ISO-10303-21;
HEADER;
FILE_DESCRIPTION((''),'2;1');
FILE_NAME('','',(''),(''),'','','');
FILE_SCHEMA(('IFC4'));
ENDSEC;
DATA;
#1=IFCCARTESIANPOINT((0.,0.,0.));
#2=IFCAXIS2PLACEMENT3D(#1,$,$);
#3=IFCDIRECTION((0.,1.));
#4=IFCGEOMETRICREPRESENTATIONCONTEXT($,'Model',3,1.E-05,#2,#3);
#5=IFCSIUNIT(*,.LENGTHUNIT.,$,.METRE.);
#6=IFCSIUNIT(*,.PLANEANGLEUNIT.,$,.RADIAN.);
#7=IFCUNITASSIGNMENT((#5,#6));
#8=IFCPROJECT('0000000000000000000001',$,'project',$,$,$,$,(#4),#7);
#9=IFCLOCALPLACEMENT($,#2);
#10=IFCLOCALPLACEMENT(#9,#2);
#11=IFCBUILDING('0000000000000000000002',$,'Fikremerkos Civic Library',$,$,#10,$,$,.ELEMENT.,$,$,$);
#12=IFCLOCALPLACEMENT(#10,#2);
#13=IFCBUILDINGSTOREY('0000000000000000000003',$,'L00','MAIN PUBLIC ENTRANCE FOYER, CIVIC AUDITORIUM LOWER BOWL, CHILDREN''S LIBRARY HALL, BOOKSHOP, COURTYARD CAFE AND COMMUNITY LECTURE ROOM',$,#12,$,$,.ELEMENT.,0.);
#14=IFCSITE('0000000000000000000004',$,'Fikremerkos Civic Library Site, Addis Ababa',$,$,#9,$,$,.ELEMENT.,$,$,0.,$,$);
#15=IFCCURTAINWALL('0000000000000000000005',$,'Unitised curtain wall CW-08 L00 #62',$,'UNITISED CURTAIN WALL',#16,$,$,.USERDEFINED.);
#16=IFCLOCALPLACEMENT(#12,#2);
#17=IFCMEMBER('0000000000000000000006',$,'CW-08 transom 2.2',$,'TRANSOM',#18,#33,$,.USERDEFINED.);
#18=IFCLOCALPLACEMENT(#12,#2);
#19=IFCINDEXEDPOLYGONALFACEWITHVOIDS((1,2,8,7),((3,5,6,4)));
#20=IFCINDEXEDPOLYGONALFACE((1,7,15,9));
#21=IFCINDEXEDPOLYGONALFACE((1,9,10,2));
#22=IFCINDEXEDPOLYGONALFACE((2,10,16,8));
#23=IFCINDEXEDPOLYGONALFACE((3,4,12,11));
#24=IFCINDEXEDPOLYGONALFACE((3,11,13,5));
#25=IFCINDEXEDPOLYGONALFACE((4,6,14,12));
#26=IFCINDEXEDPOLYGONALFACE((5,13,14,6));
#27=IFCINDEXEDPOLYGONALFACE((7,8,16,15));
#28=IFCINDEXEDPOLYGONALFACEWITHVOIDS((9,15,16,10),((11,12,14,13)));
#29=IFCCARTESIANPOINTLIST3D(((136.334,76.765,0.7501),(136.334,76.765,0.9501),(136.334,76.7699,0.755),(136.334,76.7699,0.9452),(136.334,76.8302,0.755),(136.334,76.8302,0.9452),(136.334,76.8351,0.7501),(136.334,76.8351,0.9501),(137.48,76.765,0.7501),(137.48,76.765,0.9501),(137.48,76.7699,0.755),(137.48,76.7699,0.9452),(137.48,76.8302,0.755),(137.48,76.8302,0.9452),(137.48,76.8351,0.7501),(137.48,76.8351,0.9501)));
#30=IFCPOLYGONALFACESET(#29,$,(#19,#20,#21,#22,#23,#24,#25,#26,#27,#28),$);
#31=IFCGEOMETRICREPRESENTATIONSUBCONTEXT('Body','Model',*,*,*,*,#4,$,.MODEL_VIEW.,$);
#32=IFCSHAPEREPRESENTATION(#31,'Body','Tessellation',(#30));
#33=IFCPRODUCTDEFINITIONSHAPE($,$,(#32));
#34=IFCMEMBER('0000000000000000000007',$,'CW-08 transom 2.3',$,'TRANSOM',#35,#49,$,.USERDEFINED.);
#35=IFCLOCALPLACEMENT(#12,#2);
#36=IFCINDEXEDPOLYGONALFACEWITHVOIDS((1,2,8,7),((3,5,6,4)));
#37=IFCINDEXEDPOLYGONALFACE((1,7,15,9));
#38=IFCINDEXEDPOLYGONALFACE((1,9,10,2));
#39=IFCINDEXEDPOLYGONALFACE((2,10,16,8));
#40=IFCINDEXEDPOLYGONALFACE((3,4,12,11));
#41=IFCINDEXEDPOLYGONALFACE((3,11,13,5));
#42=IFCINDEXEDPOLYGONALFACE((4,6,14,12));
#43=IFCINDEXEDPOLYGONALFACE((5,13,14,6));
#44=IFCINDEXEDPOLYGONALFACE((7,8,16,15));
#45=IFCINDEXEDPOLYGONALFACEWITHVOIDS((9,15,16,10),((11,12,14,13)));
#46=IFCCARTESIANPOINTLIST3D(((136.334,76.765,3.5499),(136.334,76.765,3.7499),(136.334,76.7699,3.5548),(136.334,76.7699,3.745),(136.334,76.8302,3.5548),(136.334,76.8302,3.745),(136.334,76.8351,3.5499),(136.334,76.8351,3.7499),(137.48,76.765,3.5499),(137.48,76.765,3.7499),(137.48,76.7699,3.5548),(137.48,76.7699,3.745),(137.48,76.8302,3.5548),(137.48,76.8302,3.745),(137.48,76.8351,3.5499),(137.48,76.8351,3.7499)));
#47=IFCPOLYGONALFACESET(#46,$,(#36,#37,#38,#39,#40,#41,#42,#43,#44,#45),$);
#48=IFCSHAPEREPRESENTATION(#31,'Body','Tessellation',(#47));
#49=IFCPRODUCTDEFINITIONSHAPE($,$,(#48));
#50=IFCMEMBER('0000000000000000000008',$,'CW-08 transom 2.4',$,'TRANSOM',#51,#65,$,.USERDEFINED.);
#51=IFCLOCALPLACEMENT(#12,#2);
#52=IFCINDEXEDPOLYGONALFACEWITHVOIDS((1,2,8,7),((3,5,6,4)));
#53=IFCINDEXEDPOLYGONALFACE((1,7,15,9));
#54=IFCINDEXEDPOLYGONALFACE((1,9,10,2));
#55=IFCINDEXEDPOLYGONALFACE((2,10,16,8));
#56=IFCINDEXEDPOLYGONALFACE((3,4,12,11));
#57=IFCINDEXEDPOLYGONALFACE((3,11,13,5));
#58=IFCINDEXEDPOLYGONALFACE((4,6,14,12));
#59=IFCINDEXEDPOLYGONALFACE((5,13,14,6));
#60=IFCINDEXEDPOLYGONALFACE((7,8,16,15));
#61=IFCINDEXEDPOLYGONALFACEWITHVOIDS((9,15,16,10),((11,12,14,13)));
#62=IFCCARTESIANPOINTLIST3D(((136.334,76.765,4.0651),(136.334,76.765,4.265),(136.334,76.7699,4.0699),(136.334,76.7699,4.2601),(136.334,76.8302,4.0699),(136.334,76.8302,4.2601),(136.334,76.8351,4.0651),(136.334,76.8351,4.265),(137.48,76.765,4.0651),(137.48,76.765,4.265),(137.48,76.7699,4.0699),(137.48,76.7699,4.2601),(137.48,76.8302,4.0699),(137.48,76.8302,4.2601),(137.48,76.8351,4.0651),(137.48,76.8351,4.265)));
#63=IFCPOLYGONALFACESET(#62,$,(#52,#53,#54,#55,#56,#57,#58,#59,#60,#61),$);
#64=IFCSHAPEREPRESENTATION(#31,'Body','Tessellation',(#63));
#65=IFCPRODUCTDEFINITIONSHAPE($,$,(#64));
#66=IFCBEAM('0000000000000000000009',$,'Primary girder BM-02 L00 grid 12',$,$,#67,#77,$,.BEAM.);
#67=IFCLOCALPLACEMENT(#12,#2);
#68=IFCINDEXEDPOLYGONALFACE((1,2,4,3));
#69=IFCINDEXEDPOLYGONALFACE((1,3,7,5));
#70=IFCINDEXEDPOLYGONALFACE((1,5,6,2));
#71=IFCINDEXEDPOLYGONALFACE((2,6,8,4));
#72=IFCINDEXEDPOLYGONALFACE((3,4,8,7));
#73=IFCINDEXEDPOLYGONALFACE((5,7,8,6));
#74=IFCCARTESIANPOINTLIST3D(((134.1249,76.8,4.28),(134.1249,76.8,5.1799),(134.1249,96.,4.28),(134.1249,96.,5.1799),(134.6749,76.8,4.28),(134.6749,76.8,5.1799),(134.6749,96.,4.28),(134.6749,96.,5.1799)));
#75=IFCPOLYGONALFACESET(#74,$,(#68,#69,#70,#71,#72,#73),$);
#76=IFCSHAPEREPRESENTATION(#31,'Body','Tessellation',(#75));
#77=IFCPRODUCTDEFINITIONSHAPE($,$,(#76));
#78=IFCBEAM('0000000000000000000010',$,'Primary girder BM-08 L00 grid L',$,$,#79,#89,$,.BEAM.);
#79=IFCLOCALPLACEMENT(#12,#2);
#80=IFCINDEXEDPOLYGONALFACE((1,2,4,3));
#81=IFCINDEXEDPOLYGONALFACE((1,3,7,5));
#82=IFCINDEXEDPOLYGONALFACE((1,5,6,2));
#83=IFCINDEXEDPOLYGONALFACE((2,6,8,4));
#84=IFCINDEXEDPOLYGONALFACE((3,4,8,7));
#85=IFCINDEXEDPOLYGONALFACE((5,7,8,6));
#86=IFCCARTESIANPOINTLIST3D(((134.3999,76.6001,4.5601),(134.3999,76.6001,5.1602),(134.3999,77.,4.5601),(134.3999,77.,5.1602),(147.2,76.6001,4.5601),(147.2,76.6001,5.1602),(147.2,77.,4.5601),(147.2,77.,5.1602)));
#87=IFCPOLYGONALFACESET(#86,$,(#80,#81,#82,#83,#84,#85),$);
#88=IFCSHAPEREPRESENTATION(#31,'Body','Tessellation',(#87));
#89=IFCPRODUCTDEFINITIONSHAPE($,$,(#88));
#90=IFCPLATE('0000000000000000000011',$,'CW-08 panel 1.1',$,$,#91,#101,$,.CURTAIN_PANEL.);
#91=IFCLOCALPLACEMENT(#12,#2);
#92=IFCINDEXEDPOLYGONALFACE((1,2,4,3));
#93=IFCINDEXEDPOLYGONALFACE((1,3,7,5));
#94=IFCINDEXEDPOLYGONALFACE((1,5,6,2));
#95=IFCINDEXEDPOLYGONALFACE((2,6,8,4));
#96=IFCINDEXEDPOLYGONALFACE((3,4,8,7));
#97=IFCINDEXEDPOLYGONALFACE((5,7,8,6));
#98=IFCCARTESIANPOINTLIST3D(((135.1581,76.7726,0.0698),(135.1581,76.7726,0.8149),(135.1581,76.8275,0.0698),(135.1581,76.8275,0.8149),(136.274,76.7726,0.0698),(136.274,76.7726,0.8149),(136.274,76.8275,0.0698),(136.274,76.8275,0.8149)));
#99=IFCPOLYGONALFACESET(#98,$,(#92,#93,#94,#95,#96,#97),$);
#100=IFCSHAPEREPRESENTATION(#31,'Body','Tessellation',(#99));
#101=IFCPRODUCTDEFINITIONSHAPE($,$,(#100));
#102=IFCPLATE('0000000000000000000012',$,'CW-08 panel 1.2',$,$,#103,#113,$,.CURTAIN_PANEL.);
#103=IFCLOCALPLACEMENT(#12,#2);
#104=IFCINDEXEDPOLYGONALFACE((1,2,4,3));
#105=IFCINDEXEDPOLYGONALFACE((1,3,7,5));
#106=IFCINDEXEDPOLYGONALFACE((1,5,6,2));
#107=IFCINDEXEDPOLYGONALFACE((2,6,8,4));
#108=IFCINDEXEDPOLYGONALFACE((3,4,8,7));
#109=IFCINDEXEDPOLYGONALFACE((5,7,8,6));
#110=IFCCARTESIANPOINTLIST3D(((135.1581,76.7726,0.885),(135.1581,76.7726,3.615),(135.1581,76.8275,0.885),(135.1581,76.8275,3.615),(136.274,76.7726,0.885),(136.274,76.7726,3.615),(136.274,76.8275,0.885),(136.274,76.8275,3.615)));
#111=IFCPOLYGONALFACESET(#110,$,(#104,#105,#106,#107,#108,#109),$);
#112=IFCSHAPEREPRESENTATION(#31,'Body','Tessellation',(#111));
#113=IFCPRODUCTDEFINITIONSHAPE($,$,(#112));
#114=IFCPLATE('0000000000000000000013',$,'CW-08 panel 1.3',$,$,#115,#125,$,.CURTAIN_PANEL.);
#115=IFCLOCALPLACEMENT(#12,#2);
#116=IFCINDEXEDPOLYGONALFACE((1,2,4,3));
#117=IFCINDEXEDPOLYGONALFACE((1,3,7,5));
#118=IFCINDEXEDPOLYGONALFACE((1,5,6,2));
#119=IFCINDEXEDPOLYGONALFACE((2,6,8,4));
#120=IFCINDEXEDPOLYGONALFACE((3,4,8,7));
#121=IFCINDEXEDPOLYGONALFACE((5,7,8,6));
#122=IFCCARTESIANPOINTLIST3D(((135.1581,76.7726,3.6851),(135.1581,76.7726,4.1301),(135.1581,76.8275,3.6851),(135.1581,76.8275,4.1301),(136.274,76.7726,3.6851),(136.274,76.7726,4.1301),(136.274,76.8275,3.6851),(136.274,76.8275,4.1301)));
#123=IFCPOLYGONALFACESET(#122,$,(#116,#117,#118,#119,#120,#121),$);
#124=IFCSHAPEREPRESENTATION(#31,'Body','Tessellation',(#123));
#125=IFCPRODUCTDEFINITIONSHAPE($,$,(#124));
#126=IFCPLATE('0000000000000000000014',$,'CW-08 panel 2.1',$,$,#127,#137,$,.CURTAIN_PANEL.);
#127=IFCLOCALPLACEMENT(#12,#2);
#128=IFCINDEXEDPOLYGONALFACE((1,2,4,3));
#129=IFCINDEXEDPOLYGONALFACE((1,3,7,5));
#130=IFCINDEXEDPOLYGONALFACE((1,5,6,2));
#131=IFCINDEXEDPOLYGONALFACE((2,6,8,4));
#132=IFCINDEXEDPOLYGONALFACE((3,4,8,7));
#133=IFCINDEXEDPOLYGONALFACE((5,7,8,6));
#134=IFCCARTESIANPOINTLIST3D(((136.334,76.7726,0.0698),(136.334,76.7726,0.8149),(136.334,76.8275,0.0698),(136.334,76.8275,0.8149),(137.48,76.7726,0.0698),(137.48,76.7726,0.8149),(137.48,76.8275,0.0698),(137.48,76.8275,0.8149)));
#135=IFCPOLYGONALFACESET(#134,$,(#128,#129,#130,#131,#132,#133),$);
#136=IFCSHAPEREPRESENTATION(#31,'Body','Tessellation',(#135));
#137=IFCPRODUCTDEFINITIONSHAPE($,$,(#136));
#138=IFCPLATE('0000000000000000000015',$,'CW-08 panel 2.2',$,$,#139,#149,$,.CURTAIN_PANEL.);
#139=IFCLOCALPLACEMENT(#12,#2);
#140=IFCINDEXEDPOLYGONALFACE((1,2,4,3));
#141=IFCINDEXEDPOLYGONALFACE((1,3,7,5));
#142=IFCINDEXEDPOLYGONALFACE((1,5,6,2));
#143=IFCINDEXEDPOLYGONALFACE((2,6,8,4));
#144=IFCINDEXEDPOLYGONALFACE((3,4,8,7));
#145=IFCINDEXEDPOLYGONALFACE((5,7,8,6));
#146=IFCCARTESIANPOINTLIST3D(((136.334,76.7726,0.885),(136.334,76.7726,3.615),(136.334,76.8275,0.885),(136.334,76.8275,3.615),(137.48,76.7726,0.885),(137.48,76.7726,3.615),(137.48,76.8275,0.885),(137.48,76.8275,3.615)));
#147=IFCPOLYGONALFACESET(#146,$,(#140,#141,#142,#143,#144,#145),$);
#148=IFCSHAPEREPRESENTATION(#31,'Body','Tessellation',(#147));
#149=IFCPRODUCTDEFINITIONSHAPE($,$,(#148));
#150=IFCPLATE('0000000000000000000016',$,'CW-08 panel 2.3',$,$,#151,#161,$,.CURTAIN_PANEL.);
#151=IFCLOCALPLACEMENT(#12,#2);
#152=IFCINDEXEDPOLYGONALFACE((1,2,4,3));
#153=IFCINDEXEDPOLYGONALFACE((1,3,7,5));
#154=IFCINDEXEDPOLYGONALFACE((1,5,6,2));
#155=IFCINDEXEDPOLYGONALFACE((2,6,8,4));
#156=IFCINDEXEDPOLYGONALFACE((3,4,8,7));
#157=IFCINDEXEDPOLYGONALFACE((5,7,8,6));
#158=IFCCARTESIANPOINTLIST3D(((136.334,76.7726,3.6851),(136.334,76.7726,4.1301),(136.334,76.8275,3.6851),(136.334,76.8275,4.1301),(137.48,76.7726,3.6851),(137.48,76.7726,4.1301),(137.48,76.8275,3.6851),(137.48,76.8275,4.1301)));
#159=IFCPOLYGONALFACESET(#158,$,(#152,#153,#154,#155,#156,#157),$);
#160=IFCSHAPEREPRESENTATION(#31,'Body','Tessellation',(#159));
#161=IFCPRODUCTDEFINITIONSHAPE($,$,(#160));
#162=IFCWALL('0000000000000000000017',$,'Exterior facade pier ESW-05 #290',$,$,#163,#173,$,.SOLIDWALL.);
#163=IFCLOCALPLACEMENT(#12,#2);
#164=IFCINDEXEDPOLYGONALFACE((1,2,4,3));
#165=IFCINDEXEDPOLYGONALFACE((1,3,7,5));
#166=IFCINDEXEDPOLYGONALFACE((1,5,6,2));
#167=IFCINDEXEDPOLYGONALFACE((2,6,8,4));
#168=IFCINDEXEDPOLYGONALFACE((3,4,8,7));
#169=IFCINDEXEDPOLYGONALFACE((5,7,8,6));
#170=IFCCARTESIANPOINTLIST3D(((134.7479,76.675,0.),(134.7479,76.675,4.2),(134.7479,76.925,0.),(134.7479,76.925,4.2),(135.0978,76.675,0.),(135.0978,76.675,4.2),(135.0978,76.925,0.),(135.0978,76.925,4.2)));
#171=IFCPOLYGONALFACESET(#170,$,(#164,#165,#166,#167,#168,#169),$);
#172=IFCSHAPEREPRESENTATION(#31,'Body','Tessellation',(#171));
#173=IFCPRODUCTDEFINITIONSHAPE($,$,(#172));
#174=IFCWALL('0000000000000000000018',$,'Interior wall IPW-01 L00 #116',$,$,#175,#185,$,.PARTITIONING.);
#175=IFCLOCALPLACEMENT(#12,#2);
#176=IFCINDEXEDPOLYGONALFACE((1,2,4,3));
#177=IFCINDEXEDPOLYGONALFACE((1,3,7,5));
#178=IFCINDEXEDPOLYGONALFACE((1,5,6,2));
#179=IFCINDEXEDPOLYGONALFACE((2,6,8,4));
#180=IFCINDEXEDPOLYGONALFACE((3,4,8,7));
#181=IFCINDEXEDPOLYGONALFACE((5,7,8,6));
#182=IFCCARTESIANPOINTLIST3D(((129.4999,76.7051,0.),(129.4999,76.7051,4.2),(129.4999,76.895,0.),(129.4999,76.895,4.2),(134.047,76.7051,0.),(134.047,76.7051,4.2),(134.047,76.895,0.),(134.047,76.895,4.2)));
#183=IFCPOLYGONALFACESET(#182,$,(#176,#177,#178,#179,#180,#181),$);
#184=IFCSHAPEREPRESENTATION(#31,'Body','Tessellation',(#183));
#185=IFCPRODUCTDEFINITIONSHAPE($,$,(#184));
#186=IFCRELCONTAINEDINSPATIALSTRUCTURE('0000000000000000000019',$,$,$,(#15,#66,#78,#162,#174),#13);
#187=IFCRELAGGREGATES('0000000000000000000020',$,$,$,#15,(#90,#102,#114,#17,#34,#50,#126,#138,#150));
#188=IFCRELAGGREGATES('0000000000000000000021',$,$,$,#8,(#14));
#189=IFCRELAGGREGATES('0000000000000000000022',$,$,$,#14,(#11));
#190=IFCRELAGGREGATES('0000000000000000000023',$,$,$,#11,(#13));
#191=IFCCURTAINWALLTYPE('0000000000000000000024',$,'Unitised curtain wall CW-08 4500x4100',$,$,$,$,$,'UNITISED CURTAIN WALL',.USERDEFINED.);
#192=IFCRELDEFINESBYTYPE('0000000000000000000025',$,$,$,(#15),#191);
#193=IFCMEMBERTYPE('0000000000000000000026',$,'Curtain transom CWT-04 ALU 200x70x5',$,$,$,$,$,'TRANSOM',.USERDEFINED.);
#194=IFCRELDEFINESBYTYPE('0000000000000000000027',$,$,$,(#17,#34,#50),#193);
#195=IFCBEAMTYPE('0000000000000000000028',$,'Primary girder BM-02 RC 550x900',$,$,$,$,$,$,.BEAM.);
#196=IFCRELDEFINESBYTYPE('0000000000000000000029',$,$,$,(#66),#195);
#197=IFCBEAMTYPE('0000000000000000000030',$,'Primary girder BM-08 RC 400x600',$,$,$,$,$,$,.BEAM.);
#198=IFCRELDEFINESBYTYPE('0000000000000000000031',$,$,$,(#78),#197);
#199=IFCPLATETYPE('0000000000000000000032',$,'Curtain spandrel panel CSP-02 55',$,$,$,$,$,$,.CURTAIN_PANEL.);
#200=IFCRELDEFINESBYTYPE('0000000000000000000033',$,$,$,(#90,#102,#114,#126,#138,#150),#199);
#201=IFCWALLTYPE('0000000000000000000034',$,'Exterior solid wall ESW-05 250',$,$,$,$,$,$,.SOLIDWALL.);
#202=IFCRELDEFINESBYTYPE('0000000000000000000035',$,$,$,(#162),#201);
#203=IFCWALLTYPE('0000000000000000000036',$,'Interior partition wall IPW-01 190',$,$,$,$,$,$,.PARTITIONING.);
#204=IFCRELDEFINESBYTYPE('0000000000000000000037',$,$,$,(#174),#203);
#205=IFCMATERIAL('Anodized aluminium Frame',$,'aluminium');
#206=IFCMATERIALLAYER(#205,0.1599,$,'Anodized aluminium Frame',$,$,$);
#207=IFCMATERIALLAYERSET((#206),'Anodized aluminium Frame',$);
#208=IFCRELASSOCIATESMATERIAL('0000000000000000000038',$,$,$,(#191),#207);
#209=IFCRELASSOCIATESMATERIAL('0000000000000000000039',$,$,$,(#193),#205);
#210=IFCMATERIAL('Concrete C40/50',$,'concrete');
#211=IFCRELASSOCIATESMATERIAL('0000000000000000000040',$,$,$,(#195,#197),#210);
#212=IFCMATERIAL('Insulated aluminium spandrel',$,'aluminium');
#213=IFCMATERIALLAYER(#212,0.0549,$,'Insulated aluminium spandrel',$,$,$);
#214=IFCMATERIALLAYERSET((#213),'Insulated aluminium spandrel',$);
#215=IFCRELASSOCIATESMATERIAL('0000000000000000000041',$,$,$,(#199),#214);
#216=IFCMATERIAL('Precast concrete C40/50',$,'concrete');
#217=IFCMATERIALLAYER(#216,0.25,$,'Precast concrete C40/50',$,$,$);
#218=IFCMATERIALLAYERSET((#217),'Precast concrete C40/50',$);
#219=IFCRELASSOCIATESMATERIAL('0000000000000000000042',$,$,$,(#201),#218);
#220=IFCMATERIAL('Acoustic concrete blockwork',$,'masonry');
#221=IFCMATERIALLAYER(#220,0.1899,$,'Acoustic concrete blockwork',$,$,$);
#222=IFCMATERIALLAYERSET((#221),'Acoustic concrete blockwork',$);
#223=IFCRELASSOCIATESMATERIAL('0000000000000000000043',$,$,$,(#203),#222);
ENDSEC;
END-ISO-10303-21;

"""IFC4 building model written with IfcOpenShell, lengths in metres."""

from ifc_helpers import new_model, si_unit, direction, frame, frame_2d, origin, origin_2d, place, context, subcontext, project, spatial, rectangle, hollow_rectangle, extrude, material, layer, layer_set, material_profile, profile_set, type_object, element, aggregate, save


model = new_model("IFC4")

# Units and contexts
model_context = context("Model", 3, precision=1e-05, world=origin(), true_north=direction((0.0, 1.0)))
body_context = subcontext(model_context, "Body", "Model", "MODEL_VIEW")
ifc_project = project(units=[si_unit("LENGTHUNIT", "METRE"), si_unit("PLANEANGLEUNIT", "RADIAN")], contexts=[model_context])

# Site, building, storey
site_placement = place(None, origin())
site = spatial("IfcSite", under=ifc_project, at=site_placement, Name="Fikremerkos Civic Library Site, Addis Ababa", CompositionType="ELEMENT", RefElevation=0.0)
building_placement = place(site_placement, origin())
building = spatial("IfcBuilding", under=site, at=building_placement, Name="Fikremerkos Civic Library", CompositionType="ELEMENT")
storey_placement = place(building_placement, origin())
storey = spatial("IfcBuildingStorey", under=building, at=storey_placement, Name="L00", Description="MAIN PUBLIC ENTRANCE FOYER, CIVIC AUDITORIUM LOWER BOWL, CHILDREN'S LIBRARY HALL, BOOKSHOP, COURTYARD CAFE AND COMMUNITY LECTURE ROOM", CompositionType="ELEMENT", Elevation=0.0)

# Shared definitions
ifc_material_1 = material(Name="Concrete C40/50", Category="concrete")

# Curtain wall, members
ifc_material_2 = material(Name="Anodized aluminium Frame", Category="aluminium")
ifc_layer_1 = layer(ifc_material_2, 0.1599, Name="Anodized aluminium Frame")
ifc_layer_set_1 = layer_set([ifc_layer_1], Name="Anodized aluminium Frame")
curtain_wall_type = type_object("IfcCurtainWallType", Name="Unitised curtain wall CW-08 4500x4100", ElementType="UNITISED CURTAIN WALL", PredefinedType="USERDEFINED", material=ifc_layer_set_1)
curtain_wall_placement = place(storey_placement, origin())
curtain_wall = element("IfcCurtainWall", 1, at=curtain_wall_placement, inside=storey, type_object=curtain_wall_type, Name="Unitised curtain wall CW-08 L00 #62", ObjectType="UNITISED CURTAIN WALL", PredefinedType="USERDEFINED")
ifc_material_profile_1 = material_profile(ifc_material_2, hollow_rectangle(XDim=0.0701, YDim=0.2, WallThickness=0.0049, at=origin_2d()), Name="ALU 200x70x5")
ifc_profile_set_1 = profile_set([ifc_material_profile_1], Name="Anodized aluminium Frame")
member_type_1 = type_object("IfcMemberType", Name="Curtain transom CWT-04 ALU 200x70x5", ElementType="TRANSOM", PredefinedType="USERDEFINED", material=ifc_profile_set_1)
member_1_placement = place(storey_placement, frame((136.334, 76.8, 0.8501), z_axis=(1.0, 0.0, 0.0), x_axis=(0.0, 1.0, 0.0)))
member_1 = element("IfcMember", 2, at=member_1_placement, type_object=member_type_1, Name="CW-08 transom 2.2", ObjectType="TRANSOM", PredefinedType="USERDEFINED", context=body_context, shape_type="SweptSolid", body=[
    extrude(hollow_rectangle(XDim=0.0701, YDim=0.2, WallThickness=0.0049, at=origin_2d()), origin(), (0.0, 0.0, 1.0), 1.146),
])
member_2_placement = place(storey_placement, frame((136.334, 76.8, 3.6499), z_axis=(1.0, 0.0, 0.0), x_axis=(0.0, 1.0, 0.0)))
member_2 = element("IfcMember", 3, at=member_2_placement, type_object=member_type_1, Name="CW-08 transom 2.3", ObjectType="TRANSOM", PredefinedType="USERDEFINED", context=body_context, shape_type="SweptSolid", body=[
    extrude(hollow_rectangle(XDim=0.0701, YDim=0.2, WallThickness=0.0049, at=origin_2d()), origin(), (0.0, 0.0, 1.0), 1.146),
])
member_3_placement = place(storey_placement, frame((136.334, 76.8, 4.165), z_axis=(1.0, 0.0, 0.0), x_axis=(0.0, 1.0, 0.0)))
member_3 = element("IfcMember", 4, at=member_3_placement, type_object=member_type_1, Name="CW-08 transom 2.4", ObjectType="TRANSOM", PredefinedType="USERDEFINED", context=body_context, shape_type="SweptSolid", body=[
    extrude(hollow_rectangle(XDim=0.0701, YDim=0.2, WallThickness=0.0049, at=origin_2d()), origin(), (0.0, 0.0, 1.0), 1.146),
])

# Beams
ifc_material_profile_2 = material_profile(ifc_material_1, rectangle(XDim=0.55, YDim=0.8999, at=origin_2d()), Name="RC 550x900")
ifc_profile_set_2 = profile_set([ifc_material_profile_2], Name="Concrete C40/50")
beam_type_1 = type_object("IfcBeamType", Name="Primary girder BM-02 RC 550x900", PredefinedType="BEAM", material=ifc_profile_set_2)
beam_1_placement = place(storey_placement, frame((134.3999, 76.8, 4.73), z_axis=(0.0, 1.0, 0.0), x_axis=(-1.0, 0.0, 0.0)))
element("IfcBeam", 5, at=beam_1_placement, inside=storey, type_object=beam_type_1, Name="Primary girder BM-02 L00 grid 12", PredefinedType="BEAM", context=body_context, shape_type="SweptSolid", body=[
    extrude(rectangle(XDim=0.55, YDim=0.8999, at=origin_2d()), origin(), (0.0, 0.0, 1.0), 19.2),
])
ifc_material_profile_3 = material_profile(ifc_material_1, rectangle(XDim=0.3999, YDim=0.6001, at=origin_2d()), Name="RC 400x600")
ifc_profile_set_3 = profile_set([ifc_material_profile_3], Name="Concrete C40/50")
beam_type_2 = type_object("IfcBeamType", Name="Primary girder BM-08 RC 400x600", PredefinedType="BEAM", material=ifc_profile_set_3)
beam_2_placement = place(storey_placement, frame((134.3999, 76.8, 4.8601), z_axis=(1.0, 0.0, 0.0), x_axis=(0.0, 1.0, 0.0)))
element("IfcBeam", 6, at=beam_2_placement, inside=storey, type_object=beam_type_2, Name="Primary girder BM-08 L00 grid L", PredefinedType="BEAM", context=body_context, shape_type="SweptSolid", body=[
    extrude(rectangle(XDim=0.3999, YDim=0.6001, at=origin_2d()), origin(), (0.0, 0.0, 1.0), 12.8),
])

# Plates
ifc_material_3 = material(Name="Insulated aluminium spandrel", Category="aluminium")
ifc_layer_2 = layer(ifc_material_3, 0.0549, Name="Insulated aluminium spandrel")
ifc_layer_set_2 = layer_set([ifc_layer_2], Name="Insulated aluminium spandrel")
plate_type = type_object("IfcPlateType", Name="Curtain spandrel panel CSP-02 55", PredefinedType="CURTAIN_PANEL", material=ifc_layer_set_2)
plate_1_placement = place(storey_placement, frame((135.7161, 76.8, 0.0698), z_axis=(0.0, 0.0, 1.0), x_axis=(1.0, 0.0, 0.0)))
plate_1 = element("IfcPlate", 7, at=plate_1_placement, type_object=plate_type, Name="CW-08 panel 1.1", PredefinedType="CURTAIN_PANEL", context=body_context, shape_type="SweptSolid", body=[
    extrude(rectangle(XDim=1.116, YDim=0.0549, at=origin_2d()), origin(), (0.0, 0.0, 1.0), 0.7451),
])
plate_2_placement = place(storey_placement, frame((135.7161, 76.8, 0.885), z_axis=(0.0, 0.0, 1.0), x_axis=(1.0, 0.0, 0.0)))
plate_2 = element("IfcPlate", 8, at=plate_2_placement, type_object=plate_type, Name="CW-08 panel 1.2", PredefinedType="CURTAIN_PANEL", context=body_context, shape_type="SweptSolid", body=[
    extrude(rectangle(XDim=1.116, YDim=0.0549, at=origin_2d()), origin(), (0.0, 0.0, 1.0), 2.73),
])
plate_3_placement = place(storey_placement, frame((135.7161, 76.8, 3.6851), z_axis=(0.0, 0.0, 1.0), x_axis=(1.0, 0.0, 0.0)))
plate_3 = element("IfcPlate", 9, at=plate_3_placement, type_object=plate_type, Name="CW-08 panel 1.3", PredefinedType="CURTAIN_PANEL", context=body_context, shape_type="SweptSolid", body=[
    extrude(rectangle(XDim=1.116, YDim=0.0549, at=origin_2d()), origin(), (0.0, 0.0, 1.0), 0.4451),
])
plate_4_placement = place(storey_placement, frame((136.907, 76.8, 0.0698), z_axis=(0.0, 0.0, 1.0), x_axis=(1.0, 0.0, 0.0)))
plate_4 = element("IfcPlate", 10, at=plate_4_placement, type_object=plate_type, Name="CW-08 panel 2.1", PredefinedType="CURTAIN_PANEL", context=body_context, shape_type="SweptSolid", body=[
    extrude(rectangle(XDim=1.146, YDim=0.0549, at=origin_2d()), origin(), (0.0, 0.0, 1.0), 0.7451),
])
plate_5_placement = place(storey_placement, frame((136.907, 76.8, 0.885), z_axis=(0.0, 0.0, 1.0), x_axis=(1.0, 0.0, 0.0)))
plate_5 = element("IfcPlate", 11, at=plate_5_placement, type_object=plate_type, Name="CW-08 panel 2.2", PredefinedType="CURTAIN_PANEL", context=body_context, shape_type="SweptSolid", body=[
    extrude(rectangle(XDim=1.146, YDim=0.0549, at=origin_2d()), origin(), (0.0, 0.0, 1.0), 2.73),
])
plate_6_placement = place(storey_placement, frame((136.907, 76.8, 3.6851), z_axis=(0.0, 0.0, 1.0), x_axis=(1.0, 0.0, 0.0)))
plate_6 = element("IfcPlate", 12, at=plate_6_placement, type_object=plate_type, Name="CW-08 panel 2.3", PredefinedType="CURTAIN_PANEL", context=body_context, shape_type="SweptSolid", body=[
    extrude(rectangle(XDim=1.146, YDim=0.0549, at=origin_2d()), origin(), (0.0, 0.0, 1.0), 0.4451),
])
aggregate(curtain_wall, [plate_1, plate_2, plate_3, member_1, member_2, member_3, plate_4, plate_5, plate_6])

# Walls
ifc_material_4 = material(Name="Precast concrete C40/50", Category="concrete")
ifc_layer_3 = layer(ifc_material_4, 0.25, Name="Precast concrete C40/50")
ifc_layer_set_3 = layer_set([ifc_layer_3], Name="Precast concrete C40/50")
wall_type_1 = type_object("IfcWallType", Name="Exterior solid wall ESW-05 250", PredefinedType="SOLIDWALL", material=ifc_layer_set_3)
wall_1_placement = place(storey_placement, frame((134.748, 76.8, 0.0), z_axis=(0.0, 0.0, 1.0), x_axis=(1.0, 0.0, 0.0)))
element("IfcWall", 13, at=wall_1_placement, inside=storey, type_object=wall_type_1, Name="Exterior facade pier ESW-05 #290", PredefinedType="SOLIDWALL", context=body_context, shape_type="SweptSolid", body=[
    extrude(rectangle(XDim=0.3499, YDim=0.25, at=frame_2d((0.1748, 0.0))), origin(), (0.0, 0.0, 1.0), 4.2),
])
ifc_material_5 = material(Name="Acoustic concrete blockwork", Category="masonry")
ifc_layer_4 = layer(ifc_material_5, 0.1899, Name="Acoustic concrete blockwork")
ifc_layer_set_4 = layer_set([ifc_layer_4], Name="Acoustic concrete blockwork")
wall_type_2 = type_object("IfcWallType", Name="Interior partition wall IPW-01 190", PredefinedType="PARTITIONING", material=ifc_layer_set_4)
wall_2_placement = place(storey_placement, frame((129.5, 76.8, 0.0), z_axis=(0.0, 0.0, 1.0), x_axis=(1.0, 0.0, 0.0)))
element("IfcWall", 14, at=wall_2_placement, inside=storey, type_object=wall_type_2, Name="Interior wall IPW-01 L00 #116", PredefinedType="PARTITIONING", context=body_context, shape_type="SweptSolid", body=[
    extrude(rectangle(XDim=4.5471, YDim=0.1899, at=frame_2d((2.2734, 0.0))), origin(), (0.0, 0.0, 1.0), 4.2),
])

save(model, "model.ifc")
